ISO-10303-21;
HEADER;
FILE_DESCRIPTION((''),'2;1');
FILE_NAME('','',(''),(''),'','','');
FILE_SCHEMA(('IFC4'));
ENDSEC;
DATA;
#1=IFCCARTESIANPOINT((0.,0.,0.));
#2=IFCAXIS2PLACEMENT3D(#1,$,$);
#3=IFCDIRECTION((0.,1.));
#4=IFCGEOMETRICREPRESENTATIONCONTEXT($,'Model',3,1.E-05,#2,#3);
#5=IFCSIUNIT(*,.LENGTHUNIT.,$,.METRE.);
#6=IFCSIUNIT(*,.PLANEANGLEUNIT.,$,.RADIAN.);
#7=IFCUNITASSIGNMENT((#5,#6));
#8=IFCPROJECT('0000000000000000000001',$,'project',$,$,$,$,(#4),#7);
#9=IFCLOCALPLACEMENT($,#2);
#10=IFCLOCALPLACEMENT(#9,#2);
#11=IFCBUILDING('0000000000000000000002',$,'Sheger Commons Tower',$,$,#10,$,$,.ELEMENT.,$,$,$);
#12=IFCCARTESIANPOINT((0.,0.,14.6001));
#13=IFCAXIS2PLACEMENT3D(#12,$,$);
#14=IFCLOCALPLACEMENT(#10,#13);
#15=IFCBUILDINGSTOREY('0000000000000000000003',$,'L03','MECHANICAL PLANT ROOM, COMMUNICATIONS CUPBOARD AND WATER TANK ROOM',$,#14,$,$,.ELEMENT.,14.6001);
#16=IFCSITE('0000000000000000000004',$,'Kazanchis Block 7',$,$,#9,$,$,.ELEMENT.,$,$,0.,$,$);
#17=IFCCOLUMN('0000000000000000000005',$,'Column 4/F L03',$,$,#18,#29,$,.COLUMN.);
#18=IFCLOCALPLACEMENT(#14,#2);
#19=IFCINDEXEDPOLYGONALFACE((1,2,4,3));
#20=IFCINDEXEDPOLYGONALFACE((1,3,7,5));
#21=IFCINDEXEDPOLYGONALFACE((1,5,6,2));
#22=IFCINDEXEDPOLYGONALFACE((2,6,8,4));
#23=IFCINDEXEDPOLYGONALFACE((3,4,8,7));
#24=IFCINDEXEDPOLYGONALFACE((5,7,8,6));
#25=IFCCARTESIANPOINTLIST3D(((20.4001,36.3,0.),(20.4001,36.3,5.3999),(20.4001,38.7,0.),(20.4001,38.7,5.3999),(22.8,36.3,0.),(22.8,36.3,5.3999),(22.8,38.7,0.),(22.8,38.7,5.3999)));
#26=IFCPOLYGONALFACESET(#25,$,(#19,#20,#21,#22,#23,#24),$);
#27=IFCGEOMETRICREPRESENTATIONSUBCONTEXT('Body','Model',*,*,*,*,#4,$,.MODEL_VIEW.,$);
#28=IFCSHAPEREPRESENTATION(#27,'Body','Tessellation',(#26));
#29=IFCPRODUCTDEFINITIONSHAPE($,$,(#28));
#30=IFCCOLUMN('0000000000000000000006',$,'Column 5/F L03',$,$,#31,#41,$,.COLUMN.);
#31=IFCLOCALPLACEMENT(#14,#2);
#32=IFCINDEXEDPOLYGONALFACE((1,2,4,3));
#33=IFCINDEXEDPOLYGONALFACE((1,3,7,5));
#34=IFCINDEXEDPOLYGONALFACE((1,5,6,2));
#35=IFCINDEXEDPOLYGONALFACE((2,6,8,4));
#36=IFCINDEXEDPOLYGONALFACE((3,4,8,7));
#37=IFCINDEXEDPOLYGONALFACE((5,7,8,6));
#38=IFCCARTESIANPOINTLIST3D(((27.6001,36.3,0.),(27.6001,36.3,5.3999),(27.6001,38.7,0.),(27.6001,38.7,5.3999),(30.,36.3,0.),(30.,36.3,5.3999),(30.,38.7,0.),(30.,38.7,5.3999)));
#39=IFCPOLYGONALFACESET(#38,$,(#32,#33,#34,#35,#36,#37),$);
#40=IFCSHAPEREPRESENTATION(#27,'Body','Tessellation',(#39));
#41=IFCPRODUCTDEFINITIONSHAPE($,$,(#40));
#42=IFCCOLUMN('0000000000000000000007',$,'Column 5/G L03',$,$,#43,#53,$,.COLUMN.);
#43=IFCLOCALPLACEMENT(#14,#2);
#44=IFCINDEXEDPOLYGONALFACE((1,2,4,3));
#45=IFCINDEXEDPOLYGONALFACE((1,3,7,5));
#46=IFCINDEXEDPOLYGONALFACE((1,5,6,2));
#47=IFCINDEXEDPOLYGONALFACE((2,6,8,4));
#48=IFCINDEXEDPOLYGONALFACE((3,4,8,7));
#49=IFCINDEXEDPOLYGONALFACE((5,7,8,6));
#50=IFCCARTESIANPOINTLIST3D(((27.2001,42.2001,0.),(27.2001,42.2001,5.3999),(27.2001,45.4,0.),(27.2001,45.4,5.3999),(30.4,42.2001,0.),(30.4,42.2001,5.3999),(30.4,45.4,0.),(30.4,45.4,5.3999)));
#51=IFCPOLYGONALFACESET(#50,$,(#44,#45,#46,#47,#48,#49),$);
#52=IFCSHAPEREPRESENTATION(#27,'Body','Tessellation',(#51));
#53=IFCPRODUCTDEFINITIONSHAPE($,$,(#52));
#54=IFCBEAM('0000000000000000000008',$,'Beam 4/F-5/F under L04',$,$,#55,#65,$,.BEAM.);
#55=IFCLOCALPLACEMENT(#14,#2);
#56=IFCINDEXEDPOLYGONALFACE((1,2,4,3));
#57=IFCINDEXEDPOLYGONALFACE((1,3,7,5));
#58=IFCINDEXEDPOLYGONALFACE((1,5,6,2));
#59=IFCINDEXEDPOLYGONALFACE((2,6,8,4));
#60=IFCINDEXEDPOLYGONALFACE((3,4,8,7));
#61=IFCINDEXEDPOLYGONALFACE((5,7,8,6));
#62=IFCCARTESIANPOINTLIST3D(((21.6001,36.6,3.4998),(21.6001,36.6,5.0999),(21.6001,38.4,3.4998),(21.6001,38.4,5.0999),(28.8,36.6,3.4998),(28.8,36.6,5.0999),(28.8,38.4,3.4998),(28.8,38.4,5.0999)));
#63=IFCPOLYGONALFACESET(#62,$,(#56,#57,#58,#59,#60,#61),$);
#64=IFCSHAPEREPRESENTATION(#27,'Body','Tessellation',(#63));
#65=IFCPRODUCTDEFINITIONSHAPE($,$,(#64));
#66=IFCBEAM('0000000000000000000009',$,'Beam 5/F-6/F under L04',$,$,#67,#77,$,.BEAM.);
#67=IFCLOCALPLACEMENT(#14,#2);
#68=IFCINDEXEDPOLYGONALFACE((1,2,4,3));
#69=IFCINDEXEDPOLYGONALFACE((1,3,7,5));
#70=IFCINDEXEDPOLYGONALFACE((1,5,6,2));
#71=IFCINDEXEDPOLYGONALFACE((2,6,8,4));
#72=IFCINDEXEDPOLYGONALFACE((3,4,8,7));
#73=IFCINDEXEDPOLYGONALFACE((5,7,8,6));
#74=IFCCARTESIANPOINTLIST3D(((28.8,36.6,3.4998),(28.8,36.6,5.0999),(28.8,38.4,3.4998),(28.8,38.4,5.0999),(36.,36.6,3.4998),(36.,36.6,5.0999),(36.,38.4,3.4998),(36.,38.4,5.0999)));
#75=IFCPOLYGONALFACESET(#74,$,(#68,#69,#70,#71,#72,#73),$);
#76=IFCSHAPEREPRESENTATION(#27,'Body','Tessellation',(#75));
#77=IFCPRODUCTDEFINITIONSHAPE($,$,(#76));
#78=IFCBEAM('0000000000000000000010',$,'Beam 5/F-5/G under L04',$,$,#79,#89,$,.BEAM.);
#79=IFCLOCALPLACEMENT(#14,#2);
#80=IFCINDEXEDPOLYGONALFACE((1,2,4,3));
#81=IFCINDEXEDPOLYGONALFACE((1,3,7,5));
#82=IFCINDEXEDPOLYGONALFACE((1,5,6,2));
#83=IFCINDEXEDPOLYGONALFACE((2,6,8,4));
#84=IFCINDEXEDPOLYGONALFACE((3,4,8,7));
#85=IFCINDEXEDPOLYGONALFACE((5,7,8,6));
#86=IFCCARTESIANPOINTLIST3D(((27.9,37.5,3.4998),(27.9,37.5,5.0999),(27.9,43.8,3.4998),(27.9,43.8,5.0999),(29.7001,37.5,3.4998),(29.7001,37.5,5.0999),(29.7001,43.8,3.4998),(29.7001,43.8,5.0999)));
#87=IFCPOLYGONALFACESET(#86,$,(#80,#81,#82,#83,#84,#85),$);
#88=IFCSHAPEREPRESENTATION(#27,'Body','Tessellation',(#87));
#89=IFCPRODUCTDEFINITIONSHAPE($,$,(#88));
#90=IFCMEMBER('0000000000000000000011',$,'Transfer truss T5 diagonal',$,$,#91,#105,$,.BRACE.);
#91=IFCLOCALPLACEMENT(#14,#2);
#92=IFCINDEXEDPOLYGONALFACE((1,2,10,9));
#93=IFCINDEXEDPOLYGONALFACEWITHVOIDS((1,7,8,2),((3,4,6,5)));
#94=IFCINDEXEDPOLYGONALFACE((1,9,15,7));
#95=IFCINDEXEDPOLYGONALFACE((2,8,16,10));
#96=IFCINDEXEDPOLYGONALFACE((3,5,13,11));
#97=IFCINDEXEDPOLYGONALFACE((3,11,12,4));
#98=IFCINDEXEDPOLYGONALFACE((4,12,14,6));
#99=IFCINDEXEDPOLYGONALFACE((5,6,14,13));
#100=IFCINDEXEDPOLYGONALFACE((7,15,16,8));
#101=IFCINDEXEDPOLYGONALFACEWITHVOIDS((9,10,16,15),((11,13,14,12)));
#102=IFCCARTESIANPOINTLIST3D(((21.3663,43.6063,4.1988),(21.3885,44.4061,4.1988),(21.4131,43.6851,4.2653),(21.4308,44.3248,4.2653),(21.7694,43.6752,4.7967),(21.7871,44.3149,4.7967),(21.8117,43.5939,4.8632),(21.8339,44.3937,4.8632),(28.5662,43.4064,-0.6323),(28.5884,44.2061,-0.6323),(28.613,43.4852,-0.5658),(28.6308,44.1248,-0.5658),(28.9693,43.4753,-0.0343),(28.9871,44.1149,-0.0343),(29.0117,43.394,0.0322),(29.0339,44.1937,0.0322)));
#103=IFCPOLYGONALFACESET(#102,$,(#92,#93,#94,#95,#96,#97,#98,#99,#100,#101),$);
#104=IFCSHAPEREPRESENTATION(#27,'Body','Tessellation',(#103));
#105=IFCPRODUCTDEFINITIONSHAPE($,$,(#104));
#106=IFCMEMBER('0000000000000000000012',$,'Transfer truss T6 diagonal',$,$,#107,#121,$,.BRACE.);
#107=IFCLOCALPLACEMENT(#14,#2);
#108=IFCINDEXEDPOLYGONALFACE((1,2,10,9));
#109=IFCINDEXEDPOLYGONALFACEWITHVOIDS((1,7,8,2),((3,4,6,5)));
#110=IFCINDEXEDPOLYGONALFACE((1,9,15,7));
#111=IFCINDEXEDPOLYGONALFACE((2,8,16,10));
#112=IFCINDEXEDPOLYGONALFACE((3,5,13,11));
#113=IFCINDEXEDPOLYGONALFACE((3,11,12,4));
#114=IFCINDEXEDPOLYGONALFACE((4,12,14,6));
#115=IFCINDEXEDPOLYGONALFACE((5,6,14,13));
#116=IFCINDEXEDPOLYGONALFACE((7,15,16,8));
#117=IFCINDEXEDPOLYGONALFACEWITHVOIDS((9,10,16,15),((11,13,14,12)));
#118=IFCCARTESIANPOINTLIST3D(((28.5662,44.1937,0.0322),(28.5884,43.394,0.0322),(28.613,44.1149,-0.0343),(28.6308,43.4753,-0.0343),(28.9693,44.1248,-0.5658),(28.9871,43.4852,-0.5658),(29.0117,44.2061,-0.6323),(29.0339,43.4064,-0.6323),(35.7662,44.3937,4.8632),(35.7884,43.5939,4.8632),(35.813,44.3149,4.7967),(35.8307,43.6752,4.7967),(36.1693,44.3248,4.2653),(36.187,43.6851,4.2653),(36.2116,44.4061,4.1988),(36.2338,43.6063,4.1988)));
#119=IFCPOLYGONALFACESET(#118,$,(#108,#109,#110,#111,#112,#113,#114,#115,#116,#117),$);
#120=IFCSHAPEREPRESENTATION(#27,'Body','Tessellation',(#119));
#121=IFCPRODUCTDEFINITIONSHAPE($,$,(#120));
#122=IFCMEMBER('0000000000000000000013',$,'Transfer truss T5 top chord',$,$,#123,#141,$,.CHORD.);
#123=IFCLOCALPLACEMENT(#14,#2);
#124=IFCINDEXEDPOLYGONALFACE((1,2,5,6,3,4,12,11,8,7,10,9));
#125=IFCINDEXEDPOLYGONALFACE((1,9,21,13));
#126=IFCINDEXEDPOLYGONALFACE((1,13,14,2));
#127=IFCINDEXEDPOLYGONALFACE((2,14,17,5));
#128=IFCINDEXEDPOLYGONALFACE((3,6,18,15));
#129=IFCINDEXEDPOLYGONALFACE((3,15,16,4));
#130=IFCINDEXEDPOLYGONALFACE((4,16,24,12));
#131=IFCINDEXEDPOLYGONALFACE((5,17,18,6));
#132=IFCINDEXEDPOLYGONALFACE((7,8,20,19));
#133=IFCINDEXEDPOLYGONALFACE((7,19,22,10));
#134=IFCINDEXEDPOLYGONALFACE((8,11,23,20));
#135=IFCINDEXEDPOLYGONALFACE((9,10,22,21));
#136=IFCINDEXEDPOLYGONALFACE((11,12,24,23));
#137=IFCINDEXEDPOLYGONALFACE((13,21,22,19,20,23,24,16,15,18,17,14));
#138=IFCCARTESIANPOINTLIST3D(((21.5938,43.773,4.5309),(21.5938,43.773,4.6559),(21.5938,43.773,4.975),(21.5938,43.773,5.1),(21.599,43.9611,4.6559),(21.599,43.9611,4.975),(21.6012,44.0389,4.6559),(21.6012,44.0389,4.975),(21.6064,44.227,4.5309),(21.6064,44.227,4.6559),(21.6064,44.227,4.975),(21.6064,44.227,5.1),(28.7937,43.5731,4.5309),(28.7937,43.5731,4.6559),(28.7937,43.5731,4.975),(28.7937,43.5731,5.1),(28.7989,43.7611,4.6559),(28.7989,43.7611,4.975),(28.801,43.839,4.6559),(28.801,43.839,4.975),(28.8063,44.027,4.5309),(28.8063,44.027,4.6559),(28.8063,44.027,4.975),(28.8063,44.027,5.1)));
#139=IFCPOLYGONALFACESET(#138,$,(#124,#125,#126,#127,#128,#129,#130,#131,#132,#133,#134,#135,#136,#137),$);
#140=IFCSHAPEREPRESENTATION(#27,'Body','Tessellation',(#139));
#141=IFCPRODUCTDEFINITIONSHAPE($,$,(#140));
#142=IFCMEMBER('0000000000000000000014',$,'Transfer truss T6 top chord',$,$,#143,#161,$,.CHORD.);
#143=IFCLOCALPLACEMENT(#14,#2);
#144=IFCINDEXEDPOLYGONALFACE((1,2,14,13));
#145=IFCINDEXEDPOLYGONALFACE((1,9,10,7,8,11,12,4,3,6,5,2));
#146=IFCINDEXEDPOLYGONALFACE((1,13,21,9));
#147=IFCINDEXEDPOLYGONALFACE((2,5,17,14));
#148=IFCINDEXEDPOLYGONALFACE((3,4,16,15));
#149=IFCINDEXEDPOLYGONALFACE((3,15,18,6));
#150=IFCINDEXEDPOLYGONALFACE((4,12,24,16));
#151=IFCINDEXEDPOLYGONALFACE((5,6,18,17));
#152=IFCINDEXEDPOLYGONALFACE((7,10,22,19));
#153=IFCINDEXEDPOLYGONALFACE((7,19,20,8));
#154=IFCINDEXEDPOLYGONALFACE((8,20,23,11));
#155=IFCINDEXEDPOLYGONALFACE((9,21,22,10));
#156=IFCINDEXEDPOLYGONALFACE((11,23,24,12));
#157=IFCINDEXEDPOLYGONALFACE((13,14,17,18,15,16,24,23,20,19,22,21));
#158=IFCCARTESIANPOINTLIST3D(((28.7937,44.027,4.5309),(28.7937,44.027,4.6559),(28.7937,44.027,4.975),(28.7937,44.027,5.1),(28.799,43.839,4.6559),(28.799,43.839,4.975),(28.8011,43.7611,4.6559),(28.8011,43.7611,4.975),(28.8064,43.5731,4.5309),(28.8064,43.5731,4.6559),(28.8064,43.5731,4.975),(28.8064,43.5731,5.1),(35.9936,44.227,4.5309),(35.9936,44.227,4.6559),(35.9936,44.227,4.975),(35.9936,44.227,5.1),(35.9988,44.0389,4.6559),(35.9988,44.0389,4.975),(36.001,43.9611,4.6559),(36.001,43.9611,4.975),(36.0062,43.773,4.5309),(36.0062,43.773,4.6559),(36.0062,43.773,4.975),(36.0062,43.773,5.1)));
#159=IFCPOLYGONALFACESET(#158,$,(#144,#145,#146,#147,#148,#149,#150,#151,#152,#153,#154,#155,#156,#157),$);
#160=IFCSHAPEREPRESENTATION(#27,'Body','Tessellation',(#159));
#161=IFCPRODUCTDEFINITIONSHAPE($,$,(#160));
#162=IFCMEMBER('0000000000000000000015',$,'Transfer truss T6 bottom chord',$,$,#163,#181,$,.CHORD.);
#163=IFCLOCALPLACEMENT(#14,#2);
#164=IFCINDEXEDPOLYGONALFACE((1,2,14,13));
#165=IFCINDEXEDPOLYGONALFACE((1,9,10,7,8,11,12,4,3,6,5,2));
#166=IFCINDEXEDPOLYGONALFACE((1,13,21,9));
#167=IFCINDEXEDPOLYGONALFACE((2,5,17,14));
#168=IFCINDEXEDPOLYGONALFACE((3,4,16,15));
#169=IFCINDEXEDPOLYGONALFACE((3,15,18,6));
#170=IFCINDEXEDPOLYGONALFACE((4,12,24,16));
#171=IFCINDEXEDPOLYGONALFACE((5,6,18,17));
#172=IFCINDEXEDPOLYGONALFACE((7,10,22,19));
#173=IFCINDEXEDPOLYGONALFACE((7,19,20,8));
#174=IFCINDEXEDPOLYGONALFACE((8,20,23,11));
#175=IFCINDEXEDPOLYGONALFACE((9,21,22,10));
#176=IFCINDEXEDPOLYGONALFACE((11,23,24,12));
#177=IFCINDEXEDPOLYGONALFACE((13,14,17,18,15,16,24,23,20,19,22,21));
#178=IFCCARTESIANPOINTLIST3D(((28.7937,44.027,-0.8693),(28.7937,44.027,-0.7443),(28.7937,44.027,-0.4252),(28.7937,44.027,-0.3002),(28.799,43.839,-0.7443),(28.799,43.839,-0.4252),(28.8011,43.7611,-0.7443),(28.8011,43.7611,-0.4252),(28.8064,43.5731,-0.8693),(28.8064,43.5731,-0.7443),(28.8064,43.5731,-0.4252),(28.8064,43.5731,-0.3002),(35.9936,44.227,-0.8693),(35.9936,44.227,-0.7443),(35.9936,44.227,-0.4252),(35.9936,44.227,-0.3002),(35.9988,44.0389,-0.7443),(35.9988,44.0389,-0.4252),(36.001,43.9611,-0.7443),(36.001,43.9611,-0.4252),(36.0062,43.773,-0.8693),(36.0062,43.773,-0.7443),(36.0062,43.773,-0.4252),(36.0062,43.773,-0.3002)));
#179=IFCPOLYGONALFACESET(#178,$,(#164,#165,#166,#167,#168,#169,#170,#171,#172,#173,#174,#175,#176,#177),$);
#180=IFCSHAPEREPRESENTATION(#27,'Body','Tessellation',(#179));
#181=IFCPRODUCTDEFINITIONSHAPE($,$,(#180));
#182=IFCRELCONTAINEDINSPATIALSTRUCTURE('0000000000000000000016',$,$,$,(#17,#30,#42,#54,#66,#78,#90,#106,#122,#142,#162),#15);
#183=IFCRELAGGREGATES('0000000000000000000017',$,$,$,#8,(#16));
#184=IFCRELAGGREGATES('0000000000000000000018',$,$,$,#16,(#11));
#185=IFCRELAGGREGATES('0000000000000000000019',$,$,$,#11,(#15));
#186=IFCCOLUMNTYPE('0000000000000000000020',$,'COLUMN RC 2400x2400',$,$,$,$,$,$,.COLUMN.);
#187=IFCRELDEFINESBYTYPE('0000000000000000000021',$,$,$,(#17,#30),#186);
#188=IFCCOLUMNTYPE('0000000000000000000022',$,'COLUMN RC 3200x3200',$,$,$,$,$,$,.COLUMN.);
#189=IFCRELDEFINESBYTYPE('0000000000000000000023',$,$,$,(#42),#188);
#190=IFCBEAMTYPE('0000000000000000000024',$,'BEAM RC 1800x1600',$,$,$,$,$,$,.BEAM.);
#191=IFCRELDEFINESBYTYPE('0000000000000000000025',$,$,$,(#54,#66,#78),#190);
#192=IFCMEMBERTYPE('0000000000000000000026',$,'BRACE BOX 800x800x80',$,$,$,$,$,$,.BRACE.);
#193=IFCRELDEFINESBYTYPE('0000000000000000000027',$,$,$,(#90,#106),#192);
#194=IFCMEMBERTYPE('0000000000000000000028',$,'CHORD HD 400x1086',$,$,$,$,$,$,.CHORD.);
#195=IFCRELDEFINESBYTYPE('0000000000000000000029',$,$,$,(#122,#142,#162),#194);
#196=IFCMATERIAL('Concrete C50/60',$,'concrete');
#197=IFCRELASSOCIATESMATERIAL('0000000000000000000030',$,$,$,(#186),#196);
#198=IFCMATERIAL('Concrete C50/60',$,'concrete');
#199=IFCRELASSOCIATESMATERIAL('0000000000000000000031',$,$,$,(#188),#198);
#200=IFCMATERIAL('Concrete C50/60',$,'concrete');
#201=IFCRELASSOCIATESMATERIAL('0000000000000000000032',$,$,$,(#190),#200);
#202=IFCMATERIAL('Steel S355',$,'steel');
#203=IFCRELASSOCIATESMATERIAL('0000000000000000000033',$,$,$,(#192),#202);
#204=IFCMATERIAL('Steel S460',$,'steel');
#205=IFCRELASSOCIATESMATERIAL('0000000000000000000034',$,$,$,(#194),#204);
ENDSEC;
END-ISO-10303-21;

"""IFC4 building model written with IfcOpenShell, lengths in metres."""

from ifc_helpers import new_model, si_unit, direction, frame, origin, origin_2d, place, context, subcontext, project, spatial, rectangle, hollow_rectangle, i_section, extrude, material, material_profile, profile_set, type_object, element, save


model = new_model("IFC4")

# Units and contexts
model_context = context("Model", 3, precision=1e-05, world=origin(), true_north=direction((0.0, 1.0)))
body_context = subcontext(model_context, "Body", "Model", "MODEL_VIEW")
ifc_project = project(units=[si_unit("LENGTHUNIT", "METRE"), si_unit("PLANEANGLEUNIT", "RADIAN")], contexts=[model_context])

# Site, building, storey
site_placement = place(None, origin())
site = spatial("IfcSite", under=ifc_project, at=site_placement, Name="Kazanchis Block 7", CompositionType="ELEMENT", RefElevation=0.0)
building_placement = place(site_placement, origin())
building = spatial("IfcBuilding", under=site, at=building_placement, Name="Sheger Commons Tower", CompositionType="ELEMENT")
storey_placement = place(building_placement, frame((0.0, 0.0, 14.6001)))
storey = spatial("IfcBuildingStorey", under=building, at=storey_placement, Name="L03", Description="MECHANICAL PLANT ROOM, COMMUNICATIONS CUPBOARD AND WATER TANK ROOM", CompositionType="ELEMENT", Elevation=14.6001)

# Columns
ifc_material_1 = material(Name="Concrete C50/60", Category="concrete")
ifc_material_profile_1 = material_profile(ifc_material_1, rectangle(XDim=2.3999, YDim=2.3999, at=origin_2d()), Name="RC 2400x2400")
ifc_profile_set_1 = profile_set([ifc_material_profile_1], Name="Concrete C50/60")
column_type_1 = type_object("IfcColumnType", Name="COLUMN RC 2400x2400", PredefinedType="COLUMN", material=ifc_profile_set_1)
for number, where, z_axis, x_axis, name in (
    (1, (21.6001, 37.5, 0.0), (0.0, 0.0, 1.0), (1.0, 0.0, 0.0), "Column 4/F L03"),
    (2, (28.8, 37.5, 0.0), (0.0, 0.0, 1.0), (1.0, 0.0, 0.0), "Column 5/F L03"),
):
    element("IfcColumn", number, at=place(storey_placement, frame(where, z_axis=z_axis, x_axis=x_axis)), inside=storey, type_object=column_type_1, Name=name, PredefinedType="COLUMN", context=body_context, shape_type="SweptSolid", body=[
        extrude(rectangle(XDim=2.3999, YDim=2.3999, at=origin_2d()), origin(), (0.0, 0.0, 1.0), 5.3999),
    ])
ifc_material_2 = material(Name="Concrete C50/60", Category="concrete")
ifc_material_profile_2 = material_profile(ifc_material_2, rectangle(XDim=3.2, YDim=3.2, at=origin_2d()), Name="RC 3200x3200")
ifc_profile_set_2 = profile_set([ifc_material_profile_2], Name="Concrete C50/60")
column_type_2 = type_object("IfcColumnType", Name="COLUMN RC 3200x3200", PredefinedType="COLUMN", material=ifc_profile_set_2)
column_placement = place(storey_placement, frame((28.8, 43.8, 0.0), z_axis=(0.0, 0.0, 1.0), x_axis=(1.0, 0.0, 0.0)))
element("IfcColumn", 3, at=column_placement, inside=storey, type_object=column_type_2, Name="Column 5/G L03", PredefinedType="COLUMN", context=body_context, shape_type="SweptSolid", body=[
    extrude(rectangle(XDim=3.2, YDim=3.2, at=origin_2d()), origin(), (0.0, 0.0, 1.0), 5.3999),
])

# Beams
ifc_material_3 = material(Name="Concrete C50/60", Category="concrete")
ifc_material_profile_3 = material_profile(ifc_material_3, rectangle(XDim=1.8, YDim=1.6001, at=origin_2d()), Name="RC 1800x1600")
ifc_profile_set_3 = profile_set([ifc_material_profile_3], Name="Concrete C50/60")
beam_type = type_object("IfcBeamType", Name="BEAM RC 1800x1600", PredefinedType="BEAM", material=ifc_profile_set_3)
for number, where, z_axis, x_axis, name in (
    (4, (21.6001, 37.5, 4.2998), (1.0, 0.0, 0.0), (0.0, 1.0, 0.0), "Beam 4/F-5/F under L04"),
    (5, (28.8, 37.5, 4.2998), (1.0, 0.0, 0.0), (0.0, 1.0, 0.0), "Beam 5/F-6/F under L04"),
):
    element("IfcBeam", number, at=place(storey_placement, frame(where, z_axis=z_axis, x_axis=x_axis)), inside=storey, type_object=beam_type, Name=name, PredefinedType="BEAM", context=body_context, shape_type="SweptSolid", body=[
        extrude(rectangle(XDim=1.8, YDim=1.6001, at=origin_2d()), origin(), (0.0, 0.0, 1.0), 7.2),
    ])
beam_placement = place(storey_placement, frame((28.8, 37.5, 4.2998), z_axis=(0.0, 1.0, 0.0), x_axis=(-1.0, 0.0, 0.0)))
element("IfcBeam", 6, at=beam_placement, inside=storey, type_object=beam_type, Name="Beam 5/F-5/G under L04", PredefinedType="BEAM", context=body_context, shape_type="SweptSolid", body=[
    extrude(rectangle(XDim=1.8, YDim=1.6001, at=origin_2d()), origin(), (0.0, 0.0, 1.0), 6.3),
])

# Members
ifc_material_4 = material(Name="Steel S355", Category="steel")
ifc_material_profile_4 = material_profile(ifc_material_4, hollow_rectangle(XDim=0.8, YDim=0.8, WallThickness=0.0801, at=origin_2d()), Name="BOX 800x800x80")
ifc_profile_set_4 = profile_set([ifc_material_profile_4], Name="Steel S355")
member_type_1 = type_object("IfcMemberType", Name="BRACE BOX 800x800x80", PredefinedType="BRACE", material=ifc_profile_set_4)
for number, where, z_axis, x_axis, name in (
    (7, (28.8, 43.8, -0.3), (-0.830171, 0.023055, 0.557032), (-0.02776, -0.999615, 0.0), "Transfer truss T5 diagonal"),
    (8, (28.8, 43.8, -0.3), (0.830171, 0.023055, 0.557032), (-0.02776, 0.999615, 0.0), "Transfer truss T6 diagonal"),
):
    element("IfcMember", number, at=place(storey_placement, frame(where, z_axis=z_axis, x_axis=x_axis)), inside=storey, type_object=member_type_1, Name=name, PredefinedType="BRACE", context=body_context, shape_type="SweptSolid", body=[
        extrude(hollow_rectangle(XDim=0.8, YDim=0.8, WallThickness=0.0801, at=origin_2d()), origin(), (0.0, 0.0, 1.0), 8.6729),
    ])
ifc_material_5 = material(Name="Steel S460", Category="steel")
ifc_material_profile_5 = material_profile(ifc_material_5, i_section(OverallWidth=0.4541, OverallDepth=0.5691, WebThickness=0.0779, FlangeThickness=0.125, at=origin_2d()), Name="HD 400x1086")
ifc_profile_set_5 = profile_set([ifc_material_profile_5], Name="Steel S460")
member_type_2 = type_object("IfcMemberType", Name="CHORD HD 400x1086", PredefinedType="CHORD", material=ifc_profile_set_5)
for number, where, z_axis, x_axis, name in (
    (9, (21.6001, 44.0, 4.8154), (0.999615, -0.02776, 0.0), (0.02776, 0.999615, 0.0), "Transfer truss T5 top chord"),
    (10, (28.8, 43.8, 4.8154), (0.999615, 0.02776, 0.0), (-0.02776, 0.999615, 0.0), "Transfer truss T6 top chord"),
    (11, (28.8, 43.8, -0.5847), (0.999615, 0.02776, 0.0), (-0.02776, 0.999615, 0.0), "Transfer truss T6 bottom chord"),
):
    element("IfcMember", number, at=place(storey_placement, frame(where, z_axis=z_axis, x_axis=x_axis)), inside=storey, type_object=member_type_2, Name=name, PredefinedType="CHORD", context=body_context, shape_type="SweptSolid", body=[
        extrude(i_section(OverallWidth=0.4541, OverallDepth=0.5691, WebThickness=0.0779, FlangeThickness=0.125, at=origin_2d()), origin(), (0.0, 0.0, 1.0), 7.2026),
    ])

save(model, "model.ifc")
